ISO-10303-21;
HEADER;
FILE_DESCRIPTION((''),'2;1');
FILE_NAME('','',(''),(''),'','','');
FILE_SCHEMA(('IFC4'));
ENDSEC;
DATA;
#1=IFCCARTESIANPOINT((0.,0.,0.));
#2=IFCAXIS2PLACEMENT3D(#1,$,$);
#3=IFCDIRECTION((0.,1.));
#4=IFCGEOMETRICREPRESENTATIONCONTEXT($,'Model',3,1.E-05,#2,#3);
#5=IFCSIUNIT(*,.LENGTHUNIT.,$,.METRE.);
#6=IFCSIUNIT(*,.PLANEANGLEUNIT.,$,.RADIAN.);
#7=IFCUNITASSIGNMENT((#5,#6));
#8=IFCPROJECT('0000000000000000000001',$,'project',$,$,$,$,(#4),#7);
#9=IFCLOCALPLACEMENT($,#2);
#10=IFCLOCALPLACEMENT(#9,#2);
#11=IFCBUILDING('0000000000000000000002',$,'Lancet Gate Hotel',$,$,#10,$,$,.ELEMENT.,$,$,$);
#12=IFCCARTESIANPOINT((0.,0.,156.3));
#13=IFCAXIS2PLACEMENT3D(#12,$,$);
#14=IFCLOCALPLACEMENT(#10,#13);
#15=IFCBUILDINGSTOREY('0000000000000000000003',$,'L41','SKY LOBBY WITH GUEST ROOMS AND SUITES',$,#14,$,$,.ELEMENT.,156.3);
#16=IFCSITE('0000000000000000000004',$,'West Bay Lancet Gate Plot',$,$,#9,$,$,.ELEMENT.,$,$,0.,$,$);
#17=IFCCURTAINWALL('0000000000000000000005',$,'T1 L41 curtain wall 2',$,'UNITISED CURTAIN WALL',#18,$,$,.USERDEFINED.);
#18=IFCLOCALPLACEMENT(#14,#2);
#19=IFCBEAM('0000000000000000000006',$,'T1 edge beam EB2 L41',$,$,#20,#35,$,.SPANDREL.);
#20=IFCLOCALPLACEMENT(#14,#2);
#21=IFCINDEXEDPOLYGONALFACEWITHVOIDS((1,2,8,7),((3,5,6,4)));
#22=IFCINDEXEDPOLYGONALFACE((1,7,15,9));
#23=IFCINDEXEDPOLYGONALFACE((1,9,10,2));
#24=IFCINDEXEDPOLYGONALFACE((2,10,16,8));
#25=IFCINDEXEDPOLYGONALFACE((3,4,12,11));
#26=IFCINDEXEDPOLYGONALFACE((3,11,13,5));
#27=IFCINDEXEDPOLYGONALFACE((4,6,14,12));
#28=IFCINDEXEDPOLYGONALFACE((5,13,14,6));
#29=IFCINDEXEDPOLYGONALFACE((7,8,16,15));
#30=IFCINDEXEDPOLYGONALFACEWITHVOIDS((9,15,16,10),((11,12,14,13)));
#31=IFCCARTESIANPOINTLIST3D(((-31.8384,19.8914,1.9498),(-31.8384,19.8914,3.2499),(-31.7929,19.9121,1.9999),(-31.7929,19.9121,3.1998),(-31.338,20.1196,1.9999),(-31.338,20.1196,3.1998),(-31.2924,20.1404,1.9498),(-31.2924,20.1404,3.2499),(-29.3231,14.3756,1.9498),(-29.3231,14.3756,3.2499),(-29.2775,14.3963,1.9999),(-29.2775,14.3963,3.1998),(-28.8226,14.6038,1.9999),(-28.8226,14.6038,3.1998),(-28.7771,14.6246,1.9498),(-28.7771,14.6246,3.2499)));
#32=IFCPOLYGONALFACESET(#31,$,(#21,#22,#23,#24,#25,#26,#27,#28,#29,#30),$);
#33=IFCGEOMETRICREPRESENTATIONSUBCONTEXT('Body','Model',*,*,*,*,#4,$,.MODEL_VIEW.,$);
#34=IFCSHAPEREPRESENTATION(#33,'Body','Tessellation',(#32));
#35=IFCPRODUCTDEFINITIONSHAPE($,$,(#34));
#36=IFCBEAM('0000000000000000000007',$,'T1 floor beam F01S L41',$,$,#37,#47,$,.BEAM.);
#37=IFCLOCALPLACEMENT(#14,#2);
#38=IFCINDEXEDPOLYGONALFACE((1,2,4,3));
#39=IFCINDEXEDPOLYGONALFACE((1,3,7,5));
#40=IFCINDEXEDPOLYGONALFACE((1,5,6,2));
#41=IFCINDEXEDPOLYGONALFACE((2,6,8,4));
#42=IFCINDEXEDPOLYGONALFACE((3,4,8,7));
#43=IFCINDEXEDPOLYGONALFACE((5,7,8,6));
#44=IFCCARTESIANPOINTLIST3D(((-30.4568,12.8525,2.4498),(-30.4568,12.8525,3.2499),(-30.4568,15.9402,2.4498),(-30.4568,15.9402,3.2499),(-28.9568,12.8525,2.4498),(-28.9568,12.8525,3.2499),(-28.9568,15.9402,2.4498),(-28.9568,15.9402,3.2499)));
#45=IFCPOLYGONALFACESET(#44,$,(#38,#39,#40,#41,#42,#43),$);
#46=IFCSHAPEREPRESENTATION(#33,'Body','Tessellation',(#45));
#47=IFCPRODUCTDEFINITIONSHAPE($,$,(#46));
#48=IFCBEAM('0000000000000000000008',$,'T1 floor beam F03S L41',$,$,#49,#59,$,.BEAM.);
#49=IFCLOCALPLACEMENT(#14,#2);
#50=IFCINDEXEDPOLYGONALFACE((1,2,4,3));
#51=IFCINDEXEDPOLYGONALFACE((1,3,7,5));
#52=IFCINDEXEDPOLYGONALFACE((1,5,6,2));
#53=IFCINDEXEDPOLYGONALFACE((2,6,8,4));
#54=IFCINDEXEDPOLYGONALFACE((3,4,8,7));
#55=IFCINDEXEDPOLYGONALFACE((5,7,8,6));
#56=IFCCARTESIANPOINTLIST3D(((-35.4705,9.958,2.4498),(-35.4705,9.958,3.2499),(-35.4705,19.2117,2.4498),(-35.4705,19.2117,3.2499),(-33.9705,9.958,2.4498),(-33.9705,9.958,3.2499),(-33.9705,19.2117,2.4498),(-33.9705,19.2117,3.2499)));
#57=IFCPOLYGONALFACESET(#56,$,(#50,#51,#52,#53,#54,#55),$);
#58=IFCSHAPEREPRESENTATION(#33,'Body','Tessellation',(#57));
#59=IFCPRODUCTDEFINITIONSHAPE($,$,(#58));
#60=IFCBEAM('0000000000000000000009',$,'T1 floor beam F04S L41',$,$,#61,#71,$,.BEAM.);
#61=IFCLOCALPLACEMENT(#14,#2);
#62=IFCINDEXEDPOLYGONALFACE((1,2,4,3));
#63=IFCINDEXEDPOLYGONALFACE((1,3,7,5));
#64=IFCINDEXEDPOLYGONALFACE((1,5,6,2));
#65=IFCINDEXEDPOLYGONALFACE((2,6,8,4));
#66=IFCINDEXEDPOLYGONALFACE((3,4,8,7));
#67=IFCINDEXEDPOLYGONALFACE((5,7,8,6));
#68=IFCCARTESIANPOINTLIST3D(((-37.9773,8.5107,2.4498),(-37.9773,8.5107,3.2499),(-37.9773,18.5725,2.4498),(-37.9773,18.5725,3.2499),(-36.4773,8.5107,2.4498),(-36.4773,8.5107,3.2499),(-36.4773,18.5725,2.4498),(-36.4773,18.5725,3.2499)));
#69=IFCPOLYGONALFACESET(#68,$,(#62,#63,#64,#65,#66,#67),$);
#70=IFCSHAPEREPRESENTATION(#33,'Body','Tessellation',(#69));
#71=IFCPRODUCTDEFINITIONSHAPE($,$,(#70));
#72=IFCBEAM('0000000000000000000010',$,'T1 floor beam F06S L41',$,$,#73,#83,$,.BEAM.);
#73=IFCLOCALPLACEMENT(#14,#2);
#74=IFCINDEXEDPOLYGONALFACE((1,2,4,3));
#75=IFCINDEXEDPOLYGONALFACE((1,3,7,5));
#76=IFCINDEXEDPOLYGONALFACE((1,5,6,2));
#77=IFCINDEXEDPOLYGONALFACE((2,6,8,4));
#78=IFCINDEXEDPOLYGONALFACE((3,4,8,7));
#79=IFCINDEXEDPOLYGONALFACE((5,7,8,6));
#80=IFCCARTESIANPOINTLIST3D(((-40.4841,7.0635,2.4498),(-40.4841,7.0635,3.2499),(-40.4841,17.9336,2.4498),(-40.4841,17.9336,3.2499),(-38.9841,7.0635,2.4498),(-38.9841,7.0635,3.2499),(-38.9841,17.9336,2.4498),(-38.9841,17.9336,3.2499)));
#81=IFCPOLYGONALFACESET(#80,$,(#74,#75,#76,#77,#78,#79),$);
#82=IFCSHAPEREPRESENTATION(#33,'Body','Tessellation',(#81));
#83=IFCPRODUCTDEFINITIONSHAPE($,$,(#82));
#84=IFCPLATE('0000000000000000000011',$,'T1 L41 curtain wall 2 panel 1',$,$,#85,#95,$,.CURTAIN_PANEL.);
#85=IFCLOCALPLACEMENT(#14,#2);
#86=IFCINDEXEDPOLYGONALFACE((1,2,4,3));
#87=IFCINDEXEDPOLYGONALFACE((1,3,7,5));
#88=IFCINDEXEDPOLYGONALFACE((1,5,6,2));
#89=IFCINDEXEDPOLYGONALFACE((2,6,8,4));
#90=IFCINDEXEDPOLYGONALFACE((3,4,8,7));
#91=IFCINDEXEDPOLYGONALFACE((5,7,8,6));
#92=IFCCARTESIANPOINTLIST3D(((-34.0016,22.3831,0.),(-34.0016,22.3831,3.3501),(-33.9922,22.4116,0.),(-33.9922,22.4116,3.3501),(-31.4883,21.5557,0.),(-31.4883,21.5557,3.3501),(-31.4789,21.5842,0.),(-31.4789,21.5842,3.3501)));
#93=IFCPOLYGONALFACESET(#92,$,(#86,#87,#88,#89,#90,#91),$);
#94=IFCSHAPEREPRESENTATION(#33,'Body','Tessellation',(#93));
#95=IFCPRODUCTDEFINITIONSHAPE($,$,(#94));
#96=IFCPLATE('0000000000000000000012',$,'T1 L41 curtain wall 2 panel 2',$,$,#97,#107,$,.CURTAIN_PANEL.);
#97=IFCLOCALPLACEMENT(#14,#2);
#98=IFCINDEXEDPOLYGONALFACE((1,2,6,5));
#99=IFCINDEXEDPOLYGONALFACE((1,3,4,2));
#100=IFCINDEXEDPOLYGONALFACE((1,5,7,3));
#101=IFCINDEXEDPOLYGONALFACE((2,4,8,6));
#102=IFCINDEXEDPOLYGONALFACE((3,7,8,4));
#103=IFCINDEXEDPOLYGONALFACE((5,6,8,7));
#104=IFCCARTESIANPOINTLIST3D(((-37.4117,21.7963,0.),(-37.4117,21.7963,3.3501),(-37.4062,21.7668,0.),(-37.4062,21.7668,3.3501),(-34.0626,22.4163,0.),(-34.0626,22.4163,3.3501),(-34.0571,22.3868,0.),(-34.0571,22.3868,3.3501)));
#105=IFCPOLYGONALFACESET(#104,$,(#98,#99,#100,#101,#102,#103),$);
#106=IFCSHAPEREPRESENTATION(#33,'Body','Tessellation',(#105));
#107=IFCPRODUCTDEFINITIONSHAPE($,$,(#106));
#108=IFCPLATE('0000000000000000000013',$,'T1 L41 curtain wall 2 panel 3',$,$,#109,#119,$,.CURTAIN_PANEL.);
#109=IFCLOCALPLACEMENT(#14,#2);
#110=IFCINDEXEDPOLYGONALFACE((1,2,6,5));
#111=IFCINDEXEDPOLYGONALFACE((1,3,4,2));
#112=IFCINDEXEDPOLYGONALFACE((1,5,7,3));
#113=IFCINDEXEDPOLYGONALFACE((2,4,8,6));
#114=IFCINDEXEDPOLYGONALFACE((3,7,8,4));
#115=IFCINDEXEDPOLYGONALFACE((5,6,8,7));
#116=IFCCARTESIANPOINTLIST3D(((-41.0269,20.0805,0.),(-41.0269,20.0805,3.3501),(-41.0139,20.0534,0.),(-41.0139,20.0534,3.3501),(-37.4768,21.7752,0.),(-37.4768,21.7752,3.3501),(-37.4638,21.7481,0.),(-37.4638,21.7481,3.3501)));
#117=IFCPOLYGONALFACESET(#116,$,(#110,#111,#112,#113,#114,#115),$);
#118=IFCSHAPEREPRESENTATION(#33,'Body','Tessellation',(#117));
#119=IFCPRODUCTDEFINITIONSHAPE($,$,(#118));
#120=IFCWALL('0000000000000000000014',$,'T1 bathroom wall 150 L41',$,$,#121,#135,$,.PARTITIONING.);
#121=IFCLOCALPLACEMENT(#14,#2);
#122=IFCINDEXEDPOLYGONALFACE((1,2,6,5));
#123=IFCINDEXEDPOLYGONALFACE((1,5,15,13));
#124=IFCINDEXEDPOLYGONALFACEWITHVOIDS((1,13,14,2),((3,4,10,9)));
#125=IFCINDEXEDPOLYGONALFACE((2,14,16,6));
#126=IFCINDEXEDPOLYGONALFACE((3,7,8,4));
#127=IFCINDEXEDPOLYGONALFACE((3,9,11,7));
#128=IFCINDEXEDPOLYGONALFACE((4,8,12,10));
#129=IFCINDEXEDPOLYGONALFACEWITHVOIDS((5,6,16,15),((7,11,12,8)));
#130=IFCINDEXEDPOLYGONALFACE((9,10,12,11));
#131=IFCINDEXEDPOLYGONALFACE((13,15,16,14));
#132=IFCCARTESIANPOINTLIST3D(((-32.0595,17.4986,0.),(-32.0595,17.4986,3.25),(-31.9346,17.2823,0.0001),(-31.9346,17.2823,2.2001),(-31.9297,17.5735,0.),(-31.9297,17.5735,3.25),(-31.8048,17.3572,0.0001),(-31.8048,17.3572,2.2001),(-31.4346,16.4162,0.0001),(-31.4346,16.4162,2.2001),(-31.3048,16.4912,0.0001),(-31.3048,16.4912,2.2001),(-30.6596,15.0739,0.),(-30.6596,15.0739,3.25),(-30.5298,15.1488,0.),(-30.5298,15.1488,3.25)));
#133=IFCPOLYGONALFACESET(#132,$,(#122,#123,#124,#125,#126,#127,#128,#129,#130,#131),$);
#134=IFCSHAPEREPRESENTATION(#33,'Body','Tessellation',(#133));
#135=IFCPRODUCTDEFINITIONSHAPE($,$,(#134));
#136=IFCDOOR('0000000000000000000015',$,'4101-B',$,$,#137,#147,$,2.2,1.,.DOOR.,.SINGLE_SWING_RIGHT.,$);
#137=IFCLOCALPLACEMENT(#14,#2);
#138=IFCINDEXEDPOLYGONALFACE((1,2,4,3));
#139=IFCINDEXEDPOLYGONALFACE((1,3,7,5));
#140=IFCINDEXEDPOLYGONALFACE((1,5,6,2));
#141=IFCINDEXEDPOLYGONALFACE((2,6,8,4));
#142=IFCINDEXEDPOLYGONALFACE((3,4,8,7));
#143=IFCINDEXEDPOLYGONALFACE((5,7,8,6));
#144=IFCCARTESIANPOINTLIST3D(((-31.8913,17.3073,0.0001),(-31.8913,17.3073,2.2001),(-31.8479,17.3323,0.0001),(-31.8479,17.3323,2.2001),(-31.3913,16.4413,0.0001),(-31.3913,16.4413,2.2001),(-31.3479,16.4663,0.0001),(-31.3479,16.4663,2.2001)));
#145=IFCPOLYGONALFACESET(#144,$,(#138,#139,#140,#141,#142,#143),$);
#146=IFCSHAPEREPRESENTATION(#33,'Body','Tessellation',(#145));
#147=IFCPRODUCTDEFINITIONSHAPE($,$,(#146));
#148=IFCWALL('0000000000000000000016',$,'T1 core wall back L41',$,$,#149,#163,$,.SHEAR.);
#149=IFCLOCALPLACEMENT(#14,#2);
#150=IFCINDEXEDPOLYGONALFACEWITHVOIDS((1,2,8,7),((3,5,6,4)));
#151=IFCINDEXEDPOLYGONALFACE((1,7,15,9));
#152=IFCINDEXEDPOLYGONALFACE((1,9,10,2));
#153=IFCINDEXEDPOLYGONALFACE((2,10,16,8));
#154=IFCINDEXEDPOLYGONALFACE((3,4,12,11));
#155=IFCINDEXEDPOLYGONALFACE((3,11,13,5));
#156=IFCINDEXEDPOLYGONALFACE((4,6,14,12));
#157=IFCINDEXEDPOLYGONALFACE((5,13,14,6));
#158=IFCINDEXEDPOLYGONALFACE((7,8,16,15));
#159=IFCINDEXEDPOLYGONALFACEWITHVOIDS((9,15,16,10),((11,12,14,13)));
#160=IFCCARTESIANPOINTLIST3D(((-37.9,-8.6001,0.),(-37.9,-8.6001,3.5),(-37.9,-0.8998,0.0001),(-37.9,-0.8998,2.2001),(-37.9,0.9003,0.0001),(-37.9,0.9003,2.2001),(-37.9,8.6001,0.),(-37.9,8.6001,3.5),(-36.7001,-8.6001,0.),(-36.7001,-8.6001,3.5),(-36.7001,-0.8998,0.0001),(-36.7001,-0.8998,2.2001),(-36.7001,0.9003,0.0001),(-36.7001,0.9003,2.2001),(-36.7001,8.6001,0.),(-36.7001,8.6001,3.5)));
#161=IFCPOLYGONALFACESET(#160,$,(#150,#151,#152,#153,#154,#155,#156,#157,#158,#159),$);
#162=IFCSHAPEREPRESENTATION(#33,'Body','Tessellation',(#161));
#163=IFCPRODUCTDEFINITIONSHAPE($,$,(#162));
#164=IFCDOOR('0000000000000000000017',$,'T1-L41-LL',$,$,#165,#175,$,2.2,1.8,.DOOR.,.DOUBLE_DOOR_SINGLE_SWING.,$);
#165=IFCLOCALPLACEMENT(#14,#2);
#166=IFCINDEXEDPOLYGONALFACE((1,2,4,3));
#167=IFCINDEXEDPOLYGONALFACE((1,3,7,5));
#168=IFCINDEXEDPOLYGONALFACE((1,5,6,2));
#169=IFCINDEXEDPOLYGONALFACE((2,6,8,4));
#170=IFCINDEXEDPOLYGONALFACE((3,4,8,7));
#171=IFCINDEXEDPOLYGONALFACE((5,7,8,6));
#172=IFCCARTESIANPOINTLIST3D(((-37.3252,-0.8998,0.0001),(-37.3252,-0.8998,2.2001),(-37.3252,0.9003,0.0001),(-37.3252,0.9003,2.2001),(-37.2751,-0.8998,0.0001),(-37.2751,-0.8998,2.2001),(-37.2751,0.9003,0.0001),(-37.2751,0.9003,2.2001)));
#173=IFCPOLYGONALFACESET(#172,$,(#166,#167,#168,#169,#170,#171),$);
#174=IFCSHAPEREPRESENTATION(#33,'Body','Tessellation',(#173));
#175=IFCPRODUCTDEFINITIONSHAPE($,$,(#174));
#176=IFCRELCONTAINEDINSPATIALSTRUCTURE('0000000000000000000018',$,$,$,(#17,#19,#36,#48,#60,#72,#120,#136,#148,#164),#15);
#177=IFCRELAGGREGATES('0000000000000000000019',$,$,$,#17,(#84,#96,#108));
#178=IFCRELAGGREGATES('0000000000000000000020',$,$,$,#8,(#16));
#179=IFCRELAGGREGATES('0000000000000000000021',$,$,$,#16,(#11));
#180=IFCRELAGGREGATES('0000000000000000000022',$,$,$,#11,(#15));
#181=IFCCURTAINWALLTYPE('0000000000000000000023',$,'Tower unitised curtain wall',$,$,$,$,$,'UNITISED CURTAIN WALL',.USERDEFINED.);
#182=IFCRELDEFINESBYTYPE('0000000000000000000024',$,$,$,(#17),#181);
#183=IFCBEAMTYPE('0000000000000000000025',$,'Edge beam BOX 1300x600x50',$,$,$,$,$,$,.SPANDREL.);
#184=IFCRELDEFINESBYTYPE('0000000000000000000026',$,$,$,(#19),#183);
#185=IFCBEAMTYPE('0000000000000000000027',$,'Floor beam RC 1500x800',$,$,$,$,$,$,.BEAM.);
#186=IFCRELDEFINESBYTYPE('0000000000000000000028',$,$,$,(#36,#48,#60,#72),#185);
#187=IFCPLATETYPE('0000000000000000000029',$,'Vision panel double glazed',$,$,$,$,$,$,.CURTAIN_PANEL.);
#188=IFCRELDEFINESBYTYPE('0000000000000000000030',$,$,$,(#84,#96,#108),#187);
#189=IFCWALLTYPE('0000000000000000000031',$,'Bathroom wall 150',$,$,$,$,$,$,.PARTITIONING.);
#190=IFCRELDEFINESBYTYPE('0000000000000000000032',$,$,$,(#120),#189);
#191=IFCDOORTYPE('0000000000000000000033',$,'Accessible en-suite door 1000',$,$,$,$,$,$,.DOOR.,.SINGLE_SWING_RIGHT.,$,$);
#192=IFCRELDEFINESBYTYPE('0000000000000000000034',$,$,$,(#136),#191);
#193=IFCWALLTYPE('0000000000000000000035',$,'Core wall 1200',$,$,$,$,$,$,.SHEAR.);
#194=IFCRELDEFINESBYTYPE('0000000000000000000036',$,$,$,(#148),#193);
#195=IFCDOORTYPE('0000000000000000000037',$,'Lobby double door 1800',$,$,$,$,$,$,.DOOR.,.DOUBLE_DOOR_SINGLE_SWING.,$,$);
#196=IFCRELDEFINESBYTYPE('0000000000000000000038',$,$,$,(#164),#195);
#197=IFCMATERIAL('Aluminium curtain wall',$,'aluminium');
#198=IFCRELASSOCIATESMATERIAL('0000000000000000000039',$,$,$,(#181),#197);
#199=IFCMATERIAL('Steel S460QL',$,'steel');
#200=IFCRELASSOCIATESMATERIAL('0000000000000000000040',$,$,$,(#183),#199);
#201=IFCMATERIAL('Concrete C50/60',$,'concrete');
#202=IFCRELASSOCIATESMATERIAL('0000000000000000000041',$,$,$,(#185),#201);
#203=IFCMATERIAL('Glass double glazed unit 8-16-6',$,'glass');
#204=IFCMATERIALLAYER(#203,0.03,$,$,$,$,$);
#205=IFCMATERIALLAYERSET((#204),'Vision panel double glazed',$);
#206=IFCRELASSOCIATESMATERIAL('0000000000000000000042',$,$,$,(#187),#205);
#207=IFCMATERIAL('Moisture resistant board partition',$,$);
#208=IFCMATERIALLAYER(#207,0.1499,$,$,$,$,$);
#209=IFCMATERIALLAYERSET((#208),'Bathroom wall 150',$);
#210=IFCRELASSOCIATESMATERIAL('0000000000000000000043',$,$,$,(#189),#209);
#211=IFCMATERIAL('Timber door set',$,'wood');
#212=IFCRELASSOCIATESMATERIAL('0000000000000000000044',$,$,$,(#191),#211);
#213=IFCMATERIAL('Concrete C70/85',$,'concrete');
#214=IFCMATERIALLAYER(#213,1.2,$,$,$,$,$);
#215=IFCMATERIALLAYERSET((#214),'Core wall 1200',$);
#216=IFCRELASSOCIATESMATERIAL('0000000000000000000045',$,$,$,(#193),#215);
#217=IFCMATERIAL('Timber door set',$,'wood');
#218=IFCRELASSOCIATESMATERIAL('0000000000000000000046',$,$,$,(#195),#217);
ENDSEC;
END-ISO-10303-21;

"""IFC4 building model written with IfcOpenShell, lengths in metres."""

from ifc_helpers import new_model, si_unit, direction, frame, frame_2d, origin, origin_2d, place, context, subcontext, project, spatial, rectangle, hollow_rectangle, extrude, material, layer, layer_set, material_profile, profile_set, type_object, element, fill, aggregate, save


model = new_model("IFC4")

# Units and contexts
model_context = context("Model", 3, precision=1e-05, world=origin(), true_north=direction((0.0, 1.0)))
body_context = subcontext(model_context, "Body", "Model", "MODEL_VIEW")
ifc_project = project(units=[si_unit("LENGTHUNIT", "METRE"), si_unit("PLANEANGLEUNIT", "RADIAN")], contexts=[model_context])

# Site, building, storey
site_placement = place(None, origin())
site = spatial("IfcSite", under=ifc_project, at=site_placement, Name="West Bay Lancet Gate Plot", CompositionType="ELEMENT", RefElevation=0.0)
building_placement = place(site_placement, origin())
building = spatial("IfcBuilding", under=site, at=building_placement, Name="Lancet Gate Hotel", CompositionType="ELEMENT")
storey_placement = place(building_placement, frame((0.0, 0.0, 156.3)))
storey = spatial("IfcBuildingStorey", under=building, at=storey_placement, Name="L41", Description="SKY LOBBY WITH GUEST ROOMS AND SUITES", CompositionType="ELEMENT", Elevation=156.3)

# Shared definitions
ifc_material_1 = material(Name="Aluminium curtain wall", Category="aluminium")
curtain_wall_type = type_object("IfcCurtainWallType", Name="Tower unitised curtain wall", ElementType="UNITISED CURTAIN WALL", PredefinedType="USERDEFINED", material=ifc_material_1)

# Curtain wall
curtain_wall_1_placement = place(storey_placement, origin())
curtain_wall_1 = element("IfcCurtainWall", 1, at=curtain_wall_1_placement, inside=storey, type_object=curtain_wall_type, Name="T1 L41 curtain wall 2", ObjectType="UNITISED CURTAIN WALL", PredefinedType="USERDEFINED")

# Beams
ifc_material_2 = material(Name="Steel S460QL", Category="steel")
ifc_material_profile_1 = material_profile(ifc_material_2, hollow_rectangle(XDim=0.6001, YDim=1.3, WallThickness=0.05, at=origin_2d()), Name="BOX 1300x600x50")
ifc_profile_set_1 = profile_set([ifc_material_profile_1], Name="Steel S460QL")
beam_type_1 = type_object("IfcBeamType", Name="Edge beam BOX 1300x600x50", PredefinedType="SPANDREL", material=ifc_profile_set_1)
beam_1_placement = place(storey_placement, frame((-31.5654, 20.0159, 2.5999), z_axis=(0.414919, -0.909858, 0.0), x_axis=(0.909858, 0.414919, 0.0)))
element("IfcBeam", 2, at=beam_1_placement, inside=storey, type_object=beam_type_1, Name="T1 edge beam EB2 L41", PredefinedType="SPANDREL", context=body_context, shape_type="SweptSolid", body=[
    extrude(hollow_rectangle(XDim=0.6001, YDim=1.3, WallThickness=0.05, at=origin_2d()), origin(), (0.0, 0.0, 1.0), 6.0623),
])
ifc_material_3 = material(Name="Concrete C50/60", Category="concrete")
ifc_material_profile_2 = material_profile(ifc_material_3, rectangle(XDim=1.5, YDim=0.8, at=origin_2d()), Name="RC 1500x800")
ifc_profile_set_2 = profile_set([ifc_material_profile_2], Name="Concrete C50/60")
beam_type_2 = type_object("IfcBeamType", Name="Floor beam RC 1500x800", PredefinedType="BEAM", material=ifc_profile_set_2)
beam_2_placement = place(storey_placement, frame((-29.7068, 15.9402, 2.8499), z_axis=(0.0, -1.0, 0.0), x_axis=(1.0, 0.0, 0.0)))
element("IfcBeam", 3, at=beam_2_placement, inside=storey, type_object=beam_type_2, Name="T1 floor beam F01S L41", PredefinedType="BEAM", context=body_context, shape_type="SweptSolid", body=[
    extrude(rectangle(XDim=1.5, YDim=0.8, at=origin_2d()), origin(), (0.0, 0.0, 1.0), 3.0876),
])
beam_3_placement = place(storey_placement, frame((-34.7205, 19.2117, 2.8499), z_axis=(0.0, -1.0, 0.0), x_axis=(1.0, 0.0, 0.0)))
element("IfcBeam", 4, at=beam_3_placement, inside=storey, type_object=beam_type_2, Name="T1 floor beam F03S L41", PredefinedType="BEAM", context=body_context, shape_type="SweptSolid", body=[
    extrude(rectangle(XDim=1.5, YDim=0.8, at=origin_2d()), origin(), (0.0, 0.0, 1.0), 9.2537),
])
beam_4_placement = place(storey_placement, frame((-37.2273, 18.5725, 2.8499), z_axis=(0.0, -1.0, 0.0), x_axis=(1.0, 0.0, 0.0)))
element("IfcBeam", 5, at=beam_4_placement, inside=storey, type_object=beam_type_2, Name="T1 floor beam F04S L41", PredefinedType="BEAM", context=body_context, shape_type="SweptSolid", body=[
    extrude(rectangle(XDim=1.5, YDim=0.8, at=origin_2d()), origin(), (0.0, 0.0, 1.0), 10.0618),
])
beam_5_placement = place(storey_placement, frame((-39.7341, 17.9336, 2.8499), z_axis=(0.0, -1.0, 0.0), x_axis=(1.0, 0.0, 0.0)))
element("IfcBeam", 6, at=beam_5_placement, inside=storey, type_object=beam_type_2, Name="T1 floor beam F06S L41", PredefinedType="BEAM", context=body_context, shape_type="SweptSolid", body=[
    extrude(rectangle(XDim=1.5, YDim=0.8, at=origin_2d()), origin(), (0.0, 0.0, 1.0), 10.8701),
])

# Plates
ifc_material_4 = material(Name="Glass double glazed unit 8-16-6", Category="glass")
ifc_layer_1 = layer(ifc_material_4, 0.03)
ifc_layer_set_1 = layer_set([ifc_layer_1], Name="Vision panel double glazed")
plate_type = type_object("IfcPlateType", Name="Vision panel double glazed", PredefinedType="CURTAIN_PANEL", material=ifc_layer_set_1)
plate_1_placement = place(storey_placement, frame((-32.7402, 21.9836, 0.0), z_axis=(0.0, 0.0, 1.0), x_axis=(-0.949848, 0.312712, 0.0)))
plate_1 = element("IfcPlate", 7, at=plate_1_placement, type_object=plate_type, Name="T1 L41 curtain wall 2 panel 1", PredefinedType="CURTAIN_PANEL", context=body_context, shape_type="SweptSolid", body=[
    extrude(rectangle(XDim=2.646, YDim=0.03, at=origin_2d()), origin(), (0.0, 0.0, 1.0), 3.3501),
])
plate_2_placement = place(storey_placement, frame((-35.7344, 22.0916, 0.0), z_axis=(0.0, 0.0, 1.0), x_axis=(-0.983292, -0.182033, 0.0)))
plate_2 = element("IfcPlate", 8, at=plate_2_placement, type_object=plate_type, Name="T1 L41 curtain wall 2 panel 2", PredefinedType="CURTAIN_PANEL", context=body_context, shape_type="SweptSolid", body=[
    extrude(rectangle(XDim=3.406, YDim=0.03, at=origin_2d()), origin(), (0.0, 0.0, 1.0), 3.3501),
])
plate_3_placement = place(storey_placement, frame((-39.2454, 20.9143, 0.0), z_axis=(0.0, 0.0, 1.0), x_axis=(-0.902454, -0.430787, 0.0)))
plate_3 = element("IfcPlate", 9, at=plate_3_placement, type_object=plate_type, Name="T1 L41 curtain wall 2 panel 3", PredefinedType="CURTAIN_PANEL", context=body_context, shape_type="SweptSolid", body=[
    extrude(rectangle(XDim=3.9338, YDim=0.03, at=origin_2d()), origin(), (0.0, 0.0, 1.0), 3.3501),
])
aggregate(curtain_wall_1, [plate_1, plate_2, plate_3])

# Walls, openings, doors
ifc_material_5 = material(Name="Moisture resistant board partition")
ifc_layer_2 = layer(ifc_material_5, 0.1499)
ifc_layer_set_2 = layer_set([ifc_layer_2], Name="Bathroom wall 150")
wall_type_1 = type_object("IfcWallType", Name="Bathroom wall 150", PredefinedType="PARTITIONING", material=ifc_layer_set_2)
wall_1_placement = place(storey_placement, frame((-30.5947, 15.1113, 0.0), z_axis=(0.0, 0.0, 1.0), x_axis=(-0.499984, 0.866035, 0.0)))
wall_1 = element("IfcWall", 10, at=wall_1_placement, inside=storey, type_object=wall_type_1, Name="T1 bathroom wall 150 L41", PredefinedType="PARTITIONING", context=body_context, shape_type="SweptSolid", body=[
    extrude(rectangle(XDim=2.7998, YDim=0.1499, at=frame_2d((1.3999, 0.0))), origin(), (0.0, 0.0, 1.0), 3.25),
])
opening_1_placement = place(wall_1_placement, frame((1.55, 0.0, 0.0)))
opening_1 = element("IfcOpeningElement", 11, at=opening_1_placement, cuts=wall_1, PredefinedType="OPENING", context=body_context, shape_type="SweptSolid", body=[
    extrude(rectangle(XDim=1.0, YDim=2.2, at=frame_2d((0.5, 1.1001))), frame((0.0, 0.085, 0.0), z_axis=(0.0, -1.0, 0.0), x_axis=(1.0, 0.0, 0.0)), (0.0, 0.0, 1.0), 0.1699),
])
ifc_material_6 = material(Name="Timber door set", Category="wood")
door_type_1 = type_object("IfcDoorType", Name="Accessible en-suite door 1000", OperationType="SINGLE_SWING_RIGHT", PredefinedType="DOOR", material=ifc_material_6)
door_1_placement = place(opening_1_placement, origin())
door_1 = element("IfcDoor", 12, at=door_1_placement, inside=storey, type_object=door_type_1, Name="4101-B", OperationType="SINGLE_SWING_RIGHT", OverallHeight=2.2, OverallWidth=1.0, PredefinedType="DOOR", context=body_context, shape_type="SweptSolid", body=[
    extrude(rectangle(XDim=1.0, YDim=2.2, at=frame_2d((0.5, 1.1001))), frame((0.0, 0.0249, 0.0), z_axis=(0.0, -1.0, 0.0), x_axis=(1.0, 0.0, 0.0)), (0.0, 0.0, 1.0), 0.05),
])
fill(opening_1, door_1)
ifc_material_7 = material(Name="Concrete C70/85", Category="concrete")
ifc_layer_3 = layer(ifc_material_7, 1.2)
ifc_layer_set_3 = layer_set([ifc_layer_3], Name="Core wall 1200")
wall_type_2 = type_object("IfcWallType", Name="Core wall 1200", PredefinedType="SHEAR", material=ifc_layer_set_3)
wall_2_placement = place(storey_placement, frame((-37.3, 8.6001, 0.0), z_axis=(0.0, 0.0, 1.0), x_axis=(0.0, -1.0, 0.0)))
wall_2 = element("IfcWall", 13, at=wall_2_placement, inside=storey, type_object=wall_type_2, Name="T1 core wall back L41", PredefinedType="SHEAR", context=body_context, shape_type="SweptSolid", body=[
    extrude(rectangle(XDim=17.2002, YDim=1.2, at=frame_2d((8.6001, 0.0))), origin(), (0.0, 0.0, 1.0), 3.5),
])
opening_2_placement = place(wall_2_placement, frame((7.7, 0.0, 0.0)))
opening_2 = element("IfcOpeningElement", 14, at=opening_2_placement, cuts=wall_2, PredefinedType="OPENING", context=body_context, shape_type="SweptSolid", body=[
    extrude(rectangle(XDim=1.8, YDim=2.2, at=frame_2d((0.8999, 1.1001))), frame((0.0, 0.6099, 0.0), z_axis=(0.0, -1.0, 0.0), x_axis=(1.0, 0.0, 0.0)), (0.0, 0.0, 1.0), 1.22),
])
ifc_material_8 = material(Name="Timber door set", Category="wood")
door_type_2 = type_object("IfcDoorType", Name="Lobby double door 1800", OperationType="DOUBLE_DOOR_SINGLE_SWING", PredefinedType="DOOR", material=ifc_material_8)
door_2_placement = place(opening_2_placement, origin())
door_2 = element("IfcDoor", 15, at=door_2_placement, inside=storey, type_object=door_type_2, Name="T1-L41-LL", OperationType="DOUBLE_DOOR_SINGLE_SWING", OverallHeight=2.2, OverallWidth=1.8, PredefinedType="DOOR", context=body_context, shape_type="SweptSolid", body=[
    extrude(rectangle(XDim=1.8, YDim=2.2, at=frame_2d((0.8999, 1.1001))), frame((0.0, 0.0249, 0.0), z_axis=(0.0, -1.0, 0.0), x_axis=(1.0, 0.0, 0.0)), (0.0, 0.0, 1.0), 0.05),
])
fill(opening_2, door_2)

save(model, "model.ifc")
